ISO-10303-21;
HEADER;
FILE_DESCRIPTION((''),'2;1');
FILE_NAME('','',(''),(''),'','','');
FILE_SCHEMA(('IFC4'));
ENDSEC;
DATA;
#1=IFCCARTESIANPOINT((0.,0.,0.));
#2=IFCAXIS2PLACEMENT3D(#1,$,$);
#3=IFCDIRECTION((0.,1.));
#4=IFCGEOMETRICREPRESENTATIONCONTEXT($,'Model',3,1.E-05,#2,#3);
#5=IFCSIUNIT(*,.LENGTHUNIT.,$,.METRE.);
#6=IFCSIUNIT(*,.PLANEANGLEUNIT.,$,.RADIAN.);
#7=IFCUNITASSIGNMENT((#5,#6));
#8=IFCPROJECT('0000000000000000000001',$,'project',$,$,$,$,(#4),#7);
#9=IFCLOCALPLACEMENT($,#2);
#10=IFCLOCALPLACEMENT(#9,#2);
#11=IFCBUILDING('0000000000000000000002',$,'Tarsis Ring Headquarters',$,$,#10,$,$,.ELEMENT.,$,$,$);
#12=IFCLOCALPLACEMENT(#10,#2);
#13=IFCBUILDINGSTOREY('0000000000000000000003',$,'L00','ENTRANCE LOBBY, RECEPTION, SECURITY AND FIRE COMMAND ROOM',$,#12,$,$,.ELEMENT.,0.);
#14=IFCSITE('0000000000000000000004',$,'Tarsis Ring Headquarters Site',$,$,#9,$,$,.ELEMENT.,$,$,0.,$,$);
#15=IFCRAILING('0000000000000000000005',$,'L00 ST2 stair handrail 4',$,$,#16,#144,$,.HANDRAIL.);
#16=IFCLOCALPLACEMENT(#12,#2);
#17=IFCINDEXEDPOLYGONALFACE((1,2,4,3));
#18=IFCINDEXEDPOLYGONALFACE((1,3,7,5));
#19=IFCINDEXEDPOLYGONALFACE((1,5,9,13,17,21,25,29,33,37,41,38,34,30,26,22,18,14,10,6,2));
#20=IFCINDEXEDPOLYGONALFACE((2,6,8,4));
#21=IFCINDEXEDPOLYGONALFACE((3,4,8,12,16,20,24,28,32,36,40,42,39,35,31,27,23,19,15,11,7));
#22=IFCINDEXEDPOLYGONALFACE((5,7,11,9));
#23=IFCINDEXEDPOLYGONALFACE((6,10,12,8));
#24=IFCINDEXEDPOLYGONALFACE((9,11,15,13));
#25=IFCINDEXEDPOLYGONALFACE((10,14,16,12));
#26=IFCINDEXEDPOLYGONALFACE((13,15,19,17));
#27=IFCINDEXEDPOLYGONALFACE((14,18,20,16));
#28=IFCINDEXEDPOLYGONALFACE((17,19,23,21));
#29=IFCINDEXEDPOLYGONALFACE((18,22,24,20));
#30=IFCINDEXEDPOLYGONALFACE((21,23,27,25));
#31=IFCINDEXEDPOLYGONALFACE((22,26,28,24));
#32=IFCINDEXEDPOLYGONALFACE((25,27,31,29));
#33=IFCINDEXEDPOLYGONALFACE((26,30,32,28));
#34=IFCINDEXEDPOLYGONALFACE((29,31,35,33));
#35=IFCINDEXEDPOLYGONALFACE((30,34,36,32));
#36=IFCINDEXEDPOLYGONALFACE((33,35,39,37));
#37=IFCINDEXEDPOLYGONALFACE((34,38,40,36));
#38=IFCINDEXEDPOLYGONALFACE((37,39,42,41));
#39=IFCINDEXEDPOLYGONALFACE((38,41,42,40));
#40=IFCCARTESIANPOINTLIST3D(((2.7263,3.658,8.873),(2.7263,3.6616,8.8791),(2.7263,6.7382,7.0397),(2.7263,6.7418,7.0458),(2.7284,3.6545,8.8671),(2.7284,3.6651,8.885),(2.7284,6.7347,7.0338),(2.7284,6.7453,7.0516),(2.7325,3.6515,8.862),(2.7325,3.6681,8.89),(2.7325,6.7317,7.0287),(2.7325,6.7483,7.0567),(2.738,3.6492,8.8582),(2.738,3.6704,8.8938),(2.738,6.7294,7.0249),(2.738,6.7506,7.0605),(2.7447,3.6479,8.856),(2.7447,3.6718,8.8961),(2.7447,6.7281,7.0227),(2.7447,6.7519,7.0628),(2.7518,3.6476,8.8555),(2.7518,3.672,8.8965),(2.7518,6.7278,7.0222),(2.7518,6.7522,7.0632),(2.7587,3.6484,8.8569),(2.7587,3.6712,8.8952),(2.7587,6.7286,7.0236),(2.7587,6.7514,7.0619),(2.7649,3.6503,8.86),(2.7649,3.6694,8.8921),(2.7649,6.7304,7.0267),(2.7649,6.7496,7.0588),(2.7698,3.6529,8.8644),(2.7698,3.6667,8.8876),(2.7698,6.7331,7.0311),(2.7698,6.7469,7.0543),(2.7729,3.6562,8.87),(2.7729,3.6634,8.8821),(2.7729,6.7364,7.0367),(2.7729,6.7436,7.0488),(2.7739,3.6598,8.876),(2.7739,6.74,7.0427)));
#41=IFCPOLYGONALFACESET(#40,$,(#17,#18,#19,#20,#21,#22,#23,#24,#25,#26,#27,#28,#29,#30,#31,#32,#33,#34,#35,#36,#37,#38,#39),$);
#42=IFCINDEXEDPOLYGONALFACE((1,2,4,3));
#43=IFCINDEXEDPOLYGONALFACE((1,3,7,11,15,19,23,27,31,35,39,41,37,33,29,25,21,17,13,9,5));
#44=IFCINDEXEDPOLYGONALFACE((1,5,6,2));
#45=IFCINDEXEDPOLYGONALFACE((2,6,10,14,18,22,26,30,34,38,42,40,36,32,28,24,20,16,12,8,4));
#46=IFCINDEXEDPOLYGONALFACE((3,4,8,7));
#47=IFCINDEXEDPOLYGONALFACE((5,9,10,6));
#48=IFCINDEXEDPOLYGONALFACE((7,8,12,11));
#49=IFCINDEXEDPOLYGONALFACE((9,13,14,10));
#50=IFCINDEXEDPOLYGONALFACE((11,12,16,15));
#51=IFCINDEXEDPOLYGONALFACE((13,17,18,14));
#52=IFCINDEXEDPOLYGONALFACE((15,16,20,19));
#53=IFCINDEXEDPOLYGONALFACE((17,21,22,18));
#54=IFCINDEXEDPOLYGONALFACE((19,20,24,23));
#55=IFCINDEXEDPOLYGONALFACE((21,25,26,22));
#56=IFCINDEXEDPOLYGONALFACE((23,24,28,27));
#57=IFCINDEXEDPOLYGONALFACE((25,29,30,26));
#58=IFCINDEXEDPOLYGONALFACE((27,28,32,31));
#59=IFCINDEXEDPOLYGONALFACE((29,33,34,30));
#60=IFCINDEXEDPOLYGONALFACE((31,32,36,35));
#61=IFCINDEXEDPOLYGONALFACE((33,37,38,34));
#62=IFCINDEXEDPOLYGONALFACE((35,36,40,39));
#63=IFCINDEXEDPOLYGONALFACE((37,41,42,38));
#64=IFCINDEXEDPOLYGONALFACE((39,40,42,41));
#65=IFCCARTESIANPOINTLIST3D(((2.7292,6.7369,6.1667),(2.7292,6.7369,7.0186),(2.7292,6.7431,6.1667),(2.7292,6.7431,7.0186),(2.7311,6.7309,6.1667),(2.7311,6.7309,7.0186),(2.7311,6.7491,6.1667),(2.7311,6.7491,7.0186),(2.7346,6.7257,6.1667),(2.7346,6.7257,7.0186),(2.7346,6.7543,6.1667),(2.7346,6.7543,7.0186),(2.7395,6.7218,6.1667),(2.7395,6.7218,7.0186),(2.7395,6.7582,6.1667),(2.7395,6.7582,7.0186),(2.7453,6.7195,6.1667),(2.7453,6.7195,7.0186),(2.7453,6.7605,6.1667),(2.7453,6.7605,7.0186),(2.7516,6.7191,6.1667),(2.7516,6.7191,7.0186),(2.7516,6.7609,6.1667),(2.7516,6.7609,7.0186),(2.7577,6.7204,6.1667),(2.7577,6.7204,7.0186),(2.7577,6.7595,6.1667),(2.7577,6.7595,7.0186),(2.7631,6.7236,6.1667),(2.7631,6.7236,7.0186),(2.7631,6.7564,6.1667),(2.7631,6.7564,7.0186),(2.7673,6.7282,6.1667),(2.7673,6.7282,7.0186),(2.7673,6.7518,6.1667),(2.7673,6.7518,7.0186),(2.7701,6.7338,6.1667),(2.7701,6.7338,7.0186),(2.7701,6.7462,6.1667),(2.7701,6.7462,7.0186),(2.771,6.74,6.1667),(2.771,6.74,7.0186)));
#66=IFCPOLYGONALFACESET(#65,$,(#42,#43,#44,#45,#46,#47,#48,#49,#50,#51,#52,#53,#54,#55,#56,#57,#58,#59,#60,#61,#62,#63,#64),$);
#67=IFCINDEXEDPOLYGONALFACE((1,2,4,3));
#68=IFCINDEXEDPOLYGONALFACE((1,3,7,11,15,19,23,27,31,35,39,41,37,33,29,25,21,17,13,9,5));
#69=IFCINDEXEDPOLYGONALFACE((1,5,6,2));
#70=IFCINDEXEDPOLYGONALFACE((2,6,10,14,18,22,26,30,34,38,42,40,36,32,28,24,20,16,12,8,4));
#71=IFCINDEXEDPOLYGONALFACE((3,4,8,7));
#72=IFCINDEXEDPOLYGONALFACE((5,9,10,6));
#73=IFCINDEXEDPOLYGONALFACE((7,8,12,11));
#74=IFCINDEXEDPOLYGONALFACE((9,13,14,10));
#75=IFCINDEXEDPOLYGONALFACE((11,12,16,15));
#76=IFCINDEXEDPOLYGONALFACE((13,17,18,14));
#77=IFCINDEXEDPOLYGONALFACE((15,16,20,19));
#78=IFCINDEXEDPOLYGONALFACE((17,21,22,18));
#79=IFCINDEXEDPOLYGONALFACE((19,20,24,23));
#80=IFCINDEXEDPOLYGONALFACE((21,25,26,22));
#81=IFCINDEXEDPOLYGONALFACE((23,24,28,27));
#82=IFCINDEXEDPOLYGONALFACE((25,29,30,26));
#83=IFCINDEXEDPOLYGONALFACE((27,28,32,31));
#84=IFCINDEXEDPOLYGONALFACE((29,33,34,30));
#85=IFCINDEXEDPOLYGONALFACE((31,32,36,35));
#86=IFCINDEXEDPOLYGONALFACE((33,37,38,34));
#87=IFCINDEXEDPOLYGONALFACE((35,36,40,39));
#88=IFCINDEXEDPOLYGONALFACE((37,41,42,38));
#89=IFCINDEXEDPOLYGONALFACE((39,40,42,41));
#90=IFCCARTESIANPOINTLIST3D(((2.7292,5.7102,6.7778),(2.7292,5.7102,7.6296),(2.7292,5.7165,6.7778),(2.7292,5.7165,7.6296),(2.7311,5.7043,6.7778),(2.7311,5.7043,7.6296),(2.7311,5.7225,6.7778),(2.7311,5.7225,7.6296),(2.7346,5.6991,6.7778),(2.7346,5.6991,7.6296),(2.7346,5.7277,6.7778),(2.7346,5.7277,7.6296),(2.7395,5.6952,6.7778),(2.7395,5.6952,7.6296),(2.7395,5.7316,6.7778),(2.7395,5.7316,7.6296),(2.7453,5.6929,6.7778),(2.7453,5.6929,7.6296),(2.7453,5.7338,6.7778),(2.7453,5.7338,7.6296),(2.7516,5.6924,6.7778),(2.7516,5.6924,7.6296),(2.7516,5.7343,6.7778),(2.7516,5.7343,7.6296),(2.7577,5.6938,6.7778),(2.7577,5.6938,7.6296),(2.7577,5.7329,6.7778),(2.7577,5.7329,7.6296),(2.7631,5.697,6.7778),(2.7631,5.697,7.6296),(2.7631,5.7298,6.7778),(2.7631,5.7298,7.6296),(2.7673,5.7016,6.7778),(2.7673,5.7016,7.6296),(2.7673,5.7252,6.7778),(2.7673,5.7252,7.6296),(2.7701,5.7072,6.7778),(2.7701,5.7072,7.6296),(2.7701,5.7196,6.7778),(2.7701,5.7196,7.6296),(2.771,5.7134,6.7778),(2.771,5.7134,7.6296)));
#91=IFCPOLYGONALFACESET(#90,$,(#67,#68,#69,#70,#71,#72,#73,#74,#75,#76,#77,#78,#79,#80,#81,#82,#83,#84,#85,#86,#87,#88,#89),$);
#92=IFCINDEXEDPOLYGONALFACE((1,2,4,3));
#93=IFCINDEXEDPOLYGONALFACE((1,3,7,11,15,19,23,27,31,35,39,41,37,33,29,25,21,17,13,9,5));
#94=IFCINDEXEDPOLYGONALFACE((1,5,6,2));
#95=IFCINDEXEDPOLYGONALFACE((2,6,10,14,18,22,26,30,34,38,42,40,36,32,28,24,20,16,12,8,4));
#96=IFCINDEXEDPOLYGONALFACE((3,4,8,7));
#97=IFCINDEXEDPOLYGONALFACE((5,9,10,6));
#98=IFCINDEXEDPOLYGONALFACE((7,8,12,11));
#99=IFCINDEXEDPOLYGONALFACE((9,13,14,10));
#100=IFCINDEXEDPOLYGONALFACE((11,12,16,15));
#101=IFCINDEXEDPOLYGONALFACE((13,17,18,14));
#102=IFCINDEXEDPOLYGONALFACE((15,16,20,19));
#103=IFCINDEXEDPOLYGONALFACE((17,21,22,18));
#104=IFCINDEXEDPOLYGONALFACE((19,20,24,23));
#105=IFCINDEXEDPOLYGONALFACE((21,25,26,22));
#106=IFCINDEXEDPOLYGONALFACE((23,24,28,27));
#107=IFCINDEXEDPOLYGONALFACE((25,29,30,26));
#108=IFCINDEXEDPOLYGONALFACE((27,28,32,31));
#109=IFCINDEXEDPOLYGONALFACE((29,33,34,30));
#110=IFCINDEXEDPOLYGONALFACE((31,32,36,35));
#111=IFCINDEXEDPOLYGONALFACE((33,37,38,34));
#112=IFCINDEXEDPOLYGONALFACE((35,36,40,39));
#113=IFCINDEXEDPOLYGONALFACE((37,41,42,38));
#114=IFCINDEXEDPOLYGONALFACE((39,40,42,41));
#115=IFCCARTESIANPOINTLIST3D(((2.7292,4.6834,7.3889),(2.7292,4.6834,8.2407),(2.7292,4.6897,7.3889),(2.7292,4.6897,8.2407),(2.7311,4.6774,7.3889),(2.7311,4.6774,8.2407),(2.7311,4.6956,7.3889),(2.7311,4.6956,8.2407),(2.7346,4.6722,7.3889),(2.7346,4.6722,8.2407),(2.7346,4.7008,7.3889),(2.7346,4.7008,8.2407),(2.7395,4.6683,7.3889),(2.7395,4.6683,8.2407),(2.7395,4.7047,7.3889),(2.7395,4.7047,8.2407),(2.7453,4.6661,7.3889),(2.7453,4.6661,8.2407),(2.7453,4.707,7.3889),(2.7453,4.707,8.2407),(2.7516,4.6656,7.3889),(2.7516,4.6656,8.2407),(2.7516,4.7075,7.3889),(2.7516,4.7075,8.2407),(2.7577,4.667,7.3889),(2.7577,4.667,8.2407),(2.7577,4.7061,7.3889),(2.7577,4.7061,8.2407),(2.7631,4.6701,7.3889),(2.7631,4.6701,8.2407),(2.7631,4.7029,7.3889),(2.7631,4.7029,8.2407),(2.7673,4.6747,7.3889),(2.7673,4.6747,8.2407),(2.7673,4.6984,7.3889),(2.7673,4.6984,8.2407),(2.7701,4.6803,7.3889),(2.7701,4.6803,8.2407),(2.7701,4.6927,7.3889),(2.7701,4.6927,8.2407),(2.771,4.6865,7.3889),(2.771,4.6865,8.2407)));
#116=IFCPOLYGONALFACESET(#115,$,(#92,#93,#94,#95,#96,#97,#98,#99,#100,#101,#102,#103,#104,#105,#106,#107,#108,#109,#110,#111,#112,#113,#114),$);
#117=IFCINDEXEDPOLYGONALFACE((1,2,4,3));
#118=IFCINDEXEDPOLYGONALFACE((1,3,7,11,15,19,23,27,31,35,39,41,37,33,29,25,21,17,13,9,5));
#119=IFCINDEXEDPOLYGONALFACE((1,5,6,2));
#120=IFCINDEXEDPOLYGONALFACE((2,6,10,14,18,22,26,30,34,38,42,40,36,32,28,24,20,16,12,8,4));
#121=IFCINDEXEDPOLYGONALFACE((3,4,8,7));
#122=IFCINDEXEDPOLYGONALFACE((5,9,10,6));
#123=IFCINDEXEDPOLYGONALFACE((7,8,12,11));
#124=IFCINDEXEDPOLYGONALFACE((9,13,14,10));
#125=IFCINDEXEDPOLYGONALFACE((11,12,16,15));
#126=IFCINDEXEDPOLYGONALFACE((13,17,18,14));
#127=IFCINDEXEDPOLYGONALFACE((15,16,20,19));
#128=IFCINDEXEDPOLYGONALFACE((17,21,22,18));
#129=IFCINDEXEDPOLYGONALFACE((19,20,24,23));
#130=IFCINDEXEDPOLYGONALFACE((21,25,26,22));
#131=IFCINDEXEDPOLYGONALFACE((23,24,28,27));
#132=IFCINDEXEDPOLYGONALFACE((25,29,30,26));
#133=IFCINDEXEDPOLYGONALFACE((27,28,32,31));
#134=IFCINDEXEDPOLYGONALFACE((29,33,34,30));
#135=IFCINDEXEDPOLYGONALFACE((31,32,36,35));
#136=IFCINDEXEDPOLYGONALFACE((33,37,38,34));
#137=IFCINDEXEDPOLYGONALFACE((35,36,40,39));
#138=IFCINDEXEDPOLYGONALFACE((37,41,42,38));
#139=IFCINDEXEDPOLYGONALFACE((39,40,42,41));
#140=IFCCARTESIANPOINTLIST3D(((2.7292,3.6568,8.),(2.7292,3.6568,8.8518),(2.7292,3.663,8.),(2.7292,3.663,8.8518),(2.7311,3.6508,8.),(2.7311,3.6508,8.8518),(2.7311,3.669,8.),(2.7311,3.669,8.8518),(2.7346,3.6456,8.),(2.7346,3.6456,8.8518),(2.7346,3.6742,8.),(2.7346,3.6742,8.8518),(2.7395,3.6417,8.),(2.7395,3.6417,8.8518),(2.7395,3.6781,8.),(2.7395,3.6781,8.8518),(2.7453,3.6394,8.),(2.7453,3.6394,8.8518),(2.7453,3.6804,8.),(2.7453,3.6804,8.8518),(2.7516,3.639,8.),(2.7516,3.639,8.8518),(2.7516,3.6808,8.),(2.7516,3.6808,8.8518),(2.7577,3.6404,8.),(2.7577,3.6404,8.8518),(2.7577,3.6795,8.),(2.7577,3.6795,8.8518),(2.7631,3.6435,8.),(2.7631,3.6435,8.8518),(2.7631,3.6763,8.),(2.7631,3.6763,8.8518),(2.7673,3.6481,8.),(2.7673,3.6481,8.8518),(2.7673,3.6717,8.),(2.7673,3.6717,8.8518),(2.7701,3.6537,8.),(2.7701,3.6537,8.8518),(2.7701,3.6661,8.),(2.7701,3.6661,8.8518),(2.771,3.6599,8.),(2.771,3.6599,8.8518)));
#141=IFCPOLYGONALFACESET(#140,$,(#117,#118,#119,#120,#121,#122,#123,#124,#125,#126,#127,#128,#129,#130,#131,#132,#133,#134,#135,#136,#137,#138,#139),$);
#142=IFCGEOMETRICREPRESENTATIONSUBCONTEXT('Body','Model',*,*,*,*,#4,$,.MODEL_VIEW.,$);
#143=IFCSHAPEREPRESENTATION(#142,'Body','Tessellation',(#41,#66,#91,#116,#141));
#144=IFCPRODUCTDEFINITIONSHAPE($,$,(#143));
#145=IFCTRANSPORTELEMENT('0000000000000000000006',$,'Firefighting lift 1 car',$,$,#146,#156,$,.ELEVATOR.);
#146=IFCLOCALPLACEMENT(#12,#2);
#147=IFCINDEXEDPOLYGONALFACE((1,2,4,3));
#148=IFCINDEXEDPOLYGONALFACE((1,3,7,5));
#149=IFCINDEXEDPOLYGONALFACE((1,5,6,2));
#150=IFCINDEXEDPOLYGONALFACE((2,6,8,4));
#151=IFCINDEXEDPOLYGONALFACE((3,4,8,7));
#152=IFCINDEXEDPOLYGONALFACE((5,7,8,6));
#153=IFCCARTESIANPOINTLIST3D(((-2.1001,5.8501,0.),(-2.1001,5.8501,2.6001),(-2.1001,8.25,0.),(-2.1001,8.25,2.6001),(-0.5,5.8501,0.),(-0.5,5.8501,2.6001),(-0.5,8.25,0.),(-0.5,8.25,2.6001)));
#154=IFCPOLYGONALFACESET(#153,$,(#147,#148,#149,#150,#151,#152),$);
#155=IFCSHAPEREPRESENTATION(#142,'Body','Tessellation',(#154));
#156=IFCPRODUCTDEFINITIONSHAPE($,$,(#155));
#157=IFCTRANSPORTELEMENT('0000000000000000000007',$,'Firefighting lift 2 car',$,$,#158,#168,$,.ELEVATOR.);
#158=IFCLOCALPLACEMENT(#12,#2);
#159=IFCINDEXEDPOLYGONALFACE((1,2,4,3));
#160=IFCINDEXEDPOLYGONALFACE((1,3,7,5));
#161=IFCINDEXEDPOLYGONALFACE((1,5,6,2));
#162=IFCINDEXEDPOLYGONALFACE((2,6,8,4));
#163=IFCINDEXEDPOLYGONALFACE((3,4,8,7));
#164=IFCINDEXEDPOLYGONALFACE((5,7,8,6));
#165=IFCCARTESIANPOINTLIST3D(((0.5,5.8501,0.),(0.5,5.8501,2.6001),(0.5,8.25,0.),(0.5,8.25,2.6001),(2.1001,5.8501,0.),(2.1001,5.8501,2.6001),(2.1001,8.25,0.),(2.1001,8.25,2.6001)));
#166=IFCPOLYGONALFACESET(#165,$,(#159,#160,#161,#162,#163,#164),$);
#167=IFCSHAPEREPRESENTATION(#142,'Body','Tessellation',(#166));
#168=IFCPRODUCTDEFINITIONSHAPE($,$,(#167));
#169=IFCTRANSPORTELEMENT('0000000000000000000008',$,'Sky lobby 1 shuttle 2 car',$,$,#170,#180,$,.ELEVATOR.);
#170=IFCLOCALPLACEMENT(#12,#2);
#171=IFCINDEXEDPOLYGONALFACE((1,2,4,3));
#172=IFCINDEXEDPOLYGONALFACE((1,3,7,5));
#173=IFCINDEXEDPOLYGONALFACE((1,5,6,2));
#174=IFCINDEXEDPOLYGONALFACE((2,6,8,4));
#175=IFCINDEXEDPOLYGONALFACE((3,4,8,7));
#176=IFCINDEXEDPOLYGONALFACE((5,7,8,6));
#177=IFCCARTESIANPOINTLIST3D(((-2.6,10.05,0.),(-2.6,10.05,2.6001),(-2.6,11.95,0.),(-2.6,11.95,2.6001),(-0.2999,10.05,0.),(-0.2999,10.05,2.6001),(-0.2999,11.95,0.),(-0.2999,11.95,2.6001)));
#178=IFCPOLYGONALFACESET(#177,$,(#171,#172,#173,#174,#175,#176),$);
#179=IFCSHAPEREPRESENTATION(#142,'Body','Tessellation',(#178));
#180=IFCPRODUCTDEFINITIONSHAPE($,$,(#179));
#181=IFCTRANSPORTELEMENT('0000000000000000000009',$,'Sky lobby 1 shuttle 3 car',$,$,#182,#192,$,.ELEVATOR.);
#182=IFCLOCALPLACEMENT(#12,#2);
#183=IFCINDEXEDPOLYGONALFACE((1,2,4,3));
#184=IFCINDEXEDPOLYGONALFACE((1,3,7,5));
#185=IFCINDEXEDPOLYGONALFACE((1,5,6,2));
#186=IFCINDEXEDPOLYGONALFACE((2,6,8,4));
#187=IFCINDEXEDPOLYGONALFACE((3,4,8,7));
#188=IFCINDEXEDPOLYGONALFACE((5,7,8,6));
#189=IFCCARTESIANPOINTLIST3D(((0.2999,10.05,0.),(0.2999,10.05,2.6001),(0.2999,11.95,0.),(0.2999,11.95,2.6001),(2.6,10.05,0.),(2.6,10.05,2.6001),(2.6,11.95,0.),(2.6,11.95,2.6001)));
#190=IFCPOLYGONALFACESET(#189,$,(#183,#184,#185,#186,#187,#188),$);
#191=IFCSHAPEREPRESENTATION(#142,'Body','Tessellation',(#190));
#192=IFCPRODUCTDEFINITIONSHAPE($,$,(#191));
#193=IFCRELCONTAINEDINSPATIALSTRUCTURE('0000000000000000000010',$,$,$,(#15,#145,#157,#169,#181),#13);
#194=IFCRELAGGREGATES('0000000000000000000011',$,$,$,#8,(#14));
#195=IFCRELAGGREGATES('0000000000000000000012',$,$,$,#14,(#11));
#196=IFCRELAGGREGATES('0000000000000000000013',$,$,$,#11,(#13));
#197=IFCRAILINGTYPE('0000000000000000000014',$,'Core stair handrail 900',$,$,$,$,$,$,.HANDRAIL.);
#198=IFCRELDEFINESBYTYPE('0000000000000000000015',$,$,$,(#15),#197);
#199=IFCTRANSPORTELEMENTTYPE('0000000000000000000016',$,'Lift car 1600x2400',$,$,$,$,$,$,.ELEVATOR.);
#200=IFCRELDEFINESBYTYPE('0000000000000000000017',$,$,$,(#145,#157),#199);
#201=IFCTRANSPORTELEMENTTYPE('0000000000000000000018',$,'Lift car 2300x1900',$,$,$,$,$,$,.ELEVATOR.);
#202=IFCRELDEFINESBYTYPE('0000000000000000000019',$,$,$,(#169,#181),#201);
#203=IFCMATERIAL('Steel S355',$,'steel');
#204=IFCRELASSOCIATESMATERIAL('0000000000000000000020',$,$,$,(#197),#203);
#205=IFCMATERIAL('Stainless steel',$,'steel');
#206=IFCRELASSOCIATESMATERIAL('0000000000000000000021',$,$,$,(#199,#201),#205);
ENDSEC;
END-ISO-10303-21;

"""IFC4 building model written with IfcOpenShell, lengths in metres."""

from ifc_helpers import new_model, si_unit, direction, frame, origin, origin_2d, place, context, subcontext, project, spatial, rectangle, circle, extrude, material, type_object, element, save


model = new_model("IFC4")

# Units and contexts
model_context = context("Model", 3, precision=1e-05, world=origin(), true_north=direction((0.0, 1.0)))
body_context = subcontext(model_context, "Body", "Model", "MODEL_VIEW")
ifc_project = project(units=[si_unit("LENGTHUNIT", "METRE"), si_unit("PLANEANGLEUNIT", "RADIAN")], contexts=[model_context])

# Site, building, storey
site_placement = place(None, origin())
site = spatial("IfcSite", under=ifc_project, at=site_placement, Name="Tarsis Ring Headquarters Site", CompositionType="ELEMENT", RefElevation=0.0)
building_placement = place(site_placement, origin())
building = spatial("IfcBuilding", under=site, at=building_placement, Name="Tarsis Ring Headquarters", CompositionType="ELEMENT")
storey_placement = place(building_placement, origin())
storey = spatial("IfcBuildingStorey", under=building, at=storey_placement, Name="L00", Description="ENTRANCE LOBBY, RECEPTION, SECURITY AND FIRE COMMAND ROOM", CompositionType="ELEMENT", Elevation=0.0)

# Railing
ifc_material_1 = material(Name="Steel S355", Category="steel")
railing_type = type_object("IfcRailingType", Name="Core stair handrail 900", PredefinedType="HANDRAIL", material=ifc_material_1)
for number, where, name in (
    (1, (2.75, 6.74, 6.1667), "L00 ST2 stair handrail 4"),
):
    element("IfcRailing", number, at=place(storey_placement, frame(where)), inside=storey, type_object=railing_type, Name=name, PredefinedType="HANDRAIL", context=body_context, shape_type="SweptSolid", body=[
        extrude(circle(Radius=0.0239, at=origin_2d()), frame((0.0, 0.0, 0.876), z_axis=(0.0, -0.859309, 0.511458), x_axis=(1.0, 0.0, 0.0)), (0.0, 0.0, 1.0), 3.5845),
        extrude(circle(Radius=0.021, at=origin_2d()), origin(), (0.0, 0.0, 1.0), 0.8518),
        extrude(circle(Radius=0.021, at=origin_2d()), frame((0.0, -1.0266, 0.6111)), (0.0, 0.0, 1.0), 0.8518),
        extrude(circle(Radius=0.021, at=origin_2d()), frame((0.0, -2.0535, 1.2222)), (0.0, 0.0, 1.0), 0.8518),
        extrude(circle(Radius=0.021, at=origin_2d()), frame((0.0, -3.0801, 1.8333)), (0.0, 0.0, 1.0), 0.8518),
    ])

# Transport elements
ifc_material_2 = material(Name="Stainless steel", Category="steel")
transport_element_type_1 = type_object("IfcTransportElementType", Name="Lift car 1600x2400", PredefinedType="ELEVATOR", material=ifc_material_2)
for number, where, z_axis, x_axis, name in (
    (2, (-1.3, 7.05, 0.0), (0.0, 0.0, 1.0), (1.0, 0.0, 0.0), "Firefighting lift 1 car"),
    (3, (1.3, 7.05, 0.0), (0.0, 0.0, 1.0), (1.0, 0.0, 0.0), "Firefighting lift 2 car"),
):
    element("IfcTransportElement", number, at=place(storey_placement, frame(where, z_axis=z_axis, x_axis=x_axis)), inside=storey, type_object=transport_element_type_1, Name=name, PredefinedType="ELEVATOR", context=body_context, shape_type="SweptSolid", body=[
        extrude(rectangle(XDim=1.6001, YDim=2.3999, at=origin_2d()), origin(), (0.0, 0.0, 1.0), 2.6001),
    ])
transport_element_type_2 = type_object("IfcTransportElementType", Name="Lift car 2300x1900", PredefinedType="ELEVATOR", material=ifc_material_2)
for number, where, z_axis, x_axis, name in (
    (4, (-1.45, 11.0, 0.0), (0.0, 0.0, 1.0), (1.0, 0.0, 0.0), "Sky lobby 1 shuttle 2 car"),
    (5, (1.45, 11.0, 0.0), (0.0, 0.0, 1.0), (1.0, 0.0, 0.0), "Sky lobby 1 shuttle 3 car"),
):
    element("IfcTransportElement", number, at=place(storey_placement, frame(where, z_axis=z_axis, x_axis=x_axis)), inside=storey, type_object=transport_element_type_2, Name=name, PredefinedType="ELEVATOR", context=body_context, shape_type="SweptSolid", body=[
        extrude(rectangle(XDim=2.3, YDim=1.8999, at=origin_2d()), origin(), (0.0, 0.0, 1.0), 2.6001),
    ])

save(model, "model.ifc")
